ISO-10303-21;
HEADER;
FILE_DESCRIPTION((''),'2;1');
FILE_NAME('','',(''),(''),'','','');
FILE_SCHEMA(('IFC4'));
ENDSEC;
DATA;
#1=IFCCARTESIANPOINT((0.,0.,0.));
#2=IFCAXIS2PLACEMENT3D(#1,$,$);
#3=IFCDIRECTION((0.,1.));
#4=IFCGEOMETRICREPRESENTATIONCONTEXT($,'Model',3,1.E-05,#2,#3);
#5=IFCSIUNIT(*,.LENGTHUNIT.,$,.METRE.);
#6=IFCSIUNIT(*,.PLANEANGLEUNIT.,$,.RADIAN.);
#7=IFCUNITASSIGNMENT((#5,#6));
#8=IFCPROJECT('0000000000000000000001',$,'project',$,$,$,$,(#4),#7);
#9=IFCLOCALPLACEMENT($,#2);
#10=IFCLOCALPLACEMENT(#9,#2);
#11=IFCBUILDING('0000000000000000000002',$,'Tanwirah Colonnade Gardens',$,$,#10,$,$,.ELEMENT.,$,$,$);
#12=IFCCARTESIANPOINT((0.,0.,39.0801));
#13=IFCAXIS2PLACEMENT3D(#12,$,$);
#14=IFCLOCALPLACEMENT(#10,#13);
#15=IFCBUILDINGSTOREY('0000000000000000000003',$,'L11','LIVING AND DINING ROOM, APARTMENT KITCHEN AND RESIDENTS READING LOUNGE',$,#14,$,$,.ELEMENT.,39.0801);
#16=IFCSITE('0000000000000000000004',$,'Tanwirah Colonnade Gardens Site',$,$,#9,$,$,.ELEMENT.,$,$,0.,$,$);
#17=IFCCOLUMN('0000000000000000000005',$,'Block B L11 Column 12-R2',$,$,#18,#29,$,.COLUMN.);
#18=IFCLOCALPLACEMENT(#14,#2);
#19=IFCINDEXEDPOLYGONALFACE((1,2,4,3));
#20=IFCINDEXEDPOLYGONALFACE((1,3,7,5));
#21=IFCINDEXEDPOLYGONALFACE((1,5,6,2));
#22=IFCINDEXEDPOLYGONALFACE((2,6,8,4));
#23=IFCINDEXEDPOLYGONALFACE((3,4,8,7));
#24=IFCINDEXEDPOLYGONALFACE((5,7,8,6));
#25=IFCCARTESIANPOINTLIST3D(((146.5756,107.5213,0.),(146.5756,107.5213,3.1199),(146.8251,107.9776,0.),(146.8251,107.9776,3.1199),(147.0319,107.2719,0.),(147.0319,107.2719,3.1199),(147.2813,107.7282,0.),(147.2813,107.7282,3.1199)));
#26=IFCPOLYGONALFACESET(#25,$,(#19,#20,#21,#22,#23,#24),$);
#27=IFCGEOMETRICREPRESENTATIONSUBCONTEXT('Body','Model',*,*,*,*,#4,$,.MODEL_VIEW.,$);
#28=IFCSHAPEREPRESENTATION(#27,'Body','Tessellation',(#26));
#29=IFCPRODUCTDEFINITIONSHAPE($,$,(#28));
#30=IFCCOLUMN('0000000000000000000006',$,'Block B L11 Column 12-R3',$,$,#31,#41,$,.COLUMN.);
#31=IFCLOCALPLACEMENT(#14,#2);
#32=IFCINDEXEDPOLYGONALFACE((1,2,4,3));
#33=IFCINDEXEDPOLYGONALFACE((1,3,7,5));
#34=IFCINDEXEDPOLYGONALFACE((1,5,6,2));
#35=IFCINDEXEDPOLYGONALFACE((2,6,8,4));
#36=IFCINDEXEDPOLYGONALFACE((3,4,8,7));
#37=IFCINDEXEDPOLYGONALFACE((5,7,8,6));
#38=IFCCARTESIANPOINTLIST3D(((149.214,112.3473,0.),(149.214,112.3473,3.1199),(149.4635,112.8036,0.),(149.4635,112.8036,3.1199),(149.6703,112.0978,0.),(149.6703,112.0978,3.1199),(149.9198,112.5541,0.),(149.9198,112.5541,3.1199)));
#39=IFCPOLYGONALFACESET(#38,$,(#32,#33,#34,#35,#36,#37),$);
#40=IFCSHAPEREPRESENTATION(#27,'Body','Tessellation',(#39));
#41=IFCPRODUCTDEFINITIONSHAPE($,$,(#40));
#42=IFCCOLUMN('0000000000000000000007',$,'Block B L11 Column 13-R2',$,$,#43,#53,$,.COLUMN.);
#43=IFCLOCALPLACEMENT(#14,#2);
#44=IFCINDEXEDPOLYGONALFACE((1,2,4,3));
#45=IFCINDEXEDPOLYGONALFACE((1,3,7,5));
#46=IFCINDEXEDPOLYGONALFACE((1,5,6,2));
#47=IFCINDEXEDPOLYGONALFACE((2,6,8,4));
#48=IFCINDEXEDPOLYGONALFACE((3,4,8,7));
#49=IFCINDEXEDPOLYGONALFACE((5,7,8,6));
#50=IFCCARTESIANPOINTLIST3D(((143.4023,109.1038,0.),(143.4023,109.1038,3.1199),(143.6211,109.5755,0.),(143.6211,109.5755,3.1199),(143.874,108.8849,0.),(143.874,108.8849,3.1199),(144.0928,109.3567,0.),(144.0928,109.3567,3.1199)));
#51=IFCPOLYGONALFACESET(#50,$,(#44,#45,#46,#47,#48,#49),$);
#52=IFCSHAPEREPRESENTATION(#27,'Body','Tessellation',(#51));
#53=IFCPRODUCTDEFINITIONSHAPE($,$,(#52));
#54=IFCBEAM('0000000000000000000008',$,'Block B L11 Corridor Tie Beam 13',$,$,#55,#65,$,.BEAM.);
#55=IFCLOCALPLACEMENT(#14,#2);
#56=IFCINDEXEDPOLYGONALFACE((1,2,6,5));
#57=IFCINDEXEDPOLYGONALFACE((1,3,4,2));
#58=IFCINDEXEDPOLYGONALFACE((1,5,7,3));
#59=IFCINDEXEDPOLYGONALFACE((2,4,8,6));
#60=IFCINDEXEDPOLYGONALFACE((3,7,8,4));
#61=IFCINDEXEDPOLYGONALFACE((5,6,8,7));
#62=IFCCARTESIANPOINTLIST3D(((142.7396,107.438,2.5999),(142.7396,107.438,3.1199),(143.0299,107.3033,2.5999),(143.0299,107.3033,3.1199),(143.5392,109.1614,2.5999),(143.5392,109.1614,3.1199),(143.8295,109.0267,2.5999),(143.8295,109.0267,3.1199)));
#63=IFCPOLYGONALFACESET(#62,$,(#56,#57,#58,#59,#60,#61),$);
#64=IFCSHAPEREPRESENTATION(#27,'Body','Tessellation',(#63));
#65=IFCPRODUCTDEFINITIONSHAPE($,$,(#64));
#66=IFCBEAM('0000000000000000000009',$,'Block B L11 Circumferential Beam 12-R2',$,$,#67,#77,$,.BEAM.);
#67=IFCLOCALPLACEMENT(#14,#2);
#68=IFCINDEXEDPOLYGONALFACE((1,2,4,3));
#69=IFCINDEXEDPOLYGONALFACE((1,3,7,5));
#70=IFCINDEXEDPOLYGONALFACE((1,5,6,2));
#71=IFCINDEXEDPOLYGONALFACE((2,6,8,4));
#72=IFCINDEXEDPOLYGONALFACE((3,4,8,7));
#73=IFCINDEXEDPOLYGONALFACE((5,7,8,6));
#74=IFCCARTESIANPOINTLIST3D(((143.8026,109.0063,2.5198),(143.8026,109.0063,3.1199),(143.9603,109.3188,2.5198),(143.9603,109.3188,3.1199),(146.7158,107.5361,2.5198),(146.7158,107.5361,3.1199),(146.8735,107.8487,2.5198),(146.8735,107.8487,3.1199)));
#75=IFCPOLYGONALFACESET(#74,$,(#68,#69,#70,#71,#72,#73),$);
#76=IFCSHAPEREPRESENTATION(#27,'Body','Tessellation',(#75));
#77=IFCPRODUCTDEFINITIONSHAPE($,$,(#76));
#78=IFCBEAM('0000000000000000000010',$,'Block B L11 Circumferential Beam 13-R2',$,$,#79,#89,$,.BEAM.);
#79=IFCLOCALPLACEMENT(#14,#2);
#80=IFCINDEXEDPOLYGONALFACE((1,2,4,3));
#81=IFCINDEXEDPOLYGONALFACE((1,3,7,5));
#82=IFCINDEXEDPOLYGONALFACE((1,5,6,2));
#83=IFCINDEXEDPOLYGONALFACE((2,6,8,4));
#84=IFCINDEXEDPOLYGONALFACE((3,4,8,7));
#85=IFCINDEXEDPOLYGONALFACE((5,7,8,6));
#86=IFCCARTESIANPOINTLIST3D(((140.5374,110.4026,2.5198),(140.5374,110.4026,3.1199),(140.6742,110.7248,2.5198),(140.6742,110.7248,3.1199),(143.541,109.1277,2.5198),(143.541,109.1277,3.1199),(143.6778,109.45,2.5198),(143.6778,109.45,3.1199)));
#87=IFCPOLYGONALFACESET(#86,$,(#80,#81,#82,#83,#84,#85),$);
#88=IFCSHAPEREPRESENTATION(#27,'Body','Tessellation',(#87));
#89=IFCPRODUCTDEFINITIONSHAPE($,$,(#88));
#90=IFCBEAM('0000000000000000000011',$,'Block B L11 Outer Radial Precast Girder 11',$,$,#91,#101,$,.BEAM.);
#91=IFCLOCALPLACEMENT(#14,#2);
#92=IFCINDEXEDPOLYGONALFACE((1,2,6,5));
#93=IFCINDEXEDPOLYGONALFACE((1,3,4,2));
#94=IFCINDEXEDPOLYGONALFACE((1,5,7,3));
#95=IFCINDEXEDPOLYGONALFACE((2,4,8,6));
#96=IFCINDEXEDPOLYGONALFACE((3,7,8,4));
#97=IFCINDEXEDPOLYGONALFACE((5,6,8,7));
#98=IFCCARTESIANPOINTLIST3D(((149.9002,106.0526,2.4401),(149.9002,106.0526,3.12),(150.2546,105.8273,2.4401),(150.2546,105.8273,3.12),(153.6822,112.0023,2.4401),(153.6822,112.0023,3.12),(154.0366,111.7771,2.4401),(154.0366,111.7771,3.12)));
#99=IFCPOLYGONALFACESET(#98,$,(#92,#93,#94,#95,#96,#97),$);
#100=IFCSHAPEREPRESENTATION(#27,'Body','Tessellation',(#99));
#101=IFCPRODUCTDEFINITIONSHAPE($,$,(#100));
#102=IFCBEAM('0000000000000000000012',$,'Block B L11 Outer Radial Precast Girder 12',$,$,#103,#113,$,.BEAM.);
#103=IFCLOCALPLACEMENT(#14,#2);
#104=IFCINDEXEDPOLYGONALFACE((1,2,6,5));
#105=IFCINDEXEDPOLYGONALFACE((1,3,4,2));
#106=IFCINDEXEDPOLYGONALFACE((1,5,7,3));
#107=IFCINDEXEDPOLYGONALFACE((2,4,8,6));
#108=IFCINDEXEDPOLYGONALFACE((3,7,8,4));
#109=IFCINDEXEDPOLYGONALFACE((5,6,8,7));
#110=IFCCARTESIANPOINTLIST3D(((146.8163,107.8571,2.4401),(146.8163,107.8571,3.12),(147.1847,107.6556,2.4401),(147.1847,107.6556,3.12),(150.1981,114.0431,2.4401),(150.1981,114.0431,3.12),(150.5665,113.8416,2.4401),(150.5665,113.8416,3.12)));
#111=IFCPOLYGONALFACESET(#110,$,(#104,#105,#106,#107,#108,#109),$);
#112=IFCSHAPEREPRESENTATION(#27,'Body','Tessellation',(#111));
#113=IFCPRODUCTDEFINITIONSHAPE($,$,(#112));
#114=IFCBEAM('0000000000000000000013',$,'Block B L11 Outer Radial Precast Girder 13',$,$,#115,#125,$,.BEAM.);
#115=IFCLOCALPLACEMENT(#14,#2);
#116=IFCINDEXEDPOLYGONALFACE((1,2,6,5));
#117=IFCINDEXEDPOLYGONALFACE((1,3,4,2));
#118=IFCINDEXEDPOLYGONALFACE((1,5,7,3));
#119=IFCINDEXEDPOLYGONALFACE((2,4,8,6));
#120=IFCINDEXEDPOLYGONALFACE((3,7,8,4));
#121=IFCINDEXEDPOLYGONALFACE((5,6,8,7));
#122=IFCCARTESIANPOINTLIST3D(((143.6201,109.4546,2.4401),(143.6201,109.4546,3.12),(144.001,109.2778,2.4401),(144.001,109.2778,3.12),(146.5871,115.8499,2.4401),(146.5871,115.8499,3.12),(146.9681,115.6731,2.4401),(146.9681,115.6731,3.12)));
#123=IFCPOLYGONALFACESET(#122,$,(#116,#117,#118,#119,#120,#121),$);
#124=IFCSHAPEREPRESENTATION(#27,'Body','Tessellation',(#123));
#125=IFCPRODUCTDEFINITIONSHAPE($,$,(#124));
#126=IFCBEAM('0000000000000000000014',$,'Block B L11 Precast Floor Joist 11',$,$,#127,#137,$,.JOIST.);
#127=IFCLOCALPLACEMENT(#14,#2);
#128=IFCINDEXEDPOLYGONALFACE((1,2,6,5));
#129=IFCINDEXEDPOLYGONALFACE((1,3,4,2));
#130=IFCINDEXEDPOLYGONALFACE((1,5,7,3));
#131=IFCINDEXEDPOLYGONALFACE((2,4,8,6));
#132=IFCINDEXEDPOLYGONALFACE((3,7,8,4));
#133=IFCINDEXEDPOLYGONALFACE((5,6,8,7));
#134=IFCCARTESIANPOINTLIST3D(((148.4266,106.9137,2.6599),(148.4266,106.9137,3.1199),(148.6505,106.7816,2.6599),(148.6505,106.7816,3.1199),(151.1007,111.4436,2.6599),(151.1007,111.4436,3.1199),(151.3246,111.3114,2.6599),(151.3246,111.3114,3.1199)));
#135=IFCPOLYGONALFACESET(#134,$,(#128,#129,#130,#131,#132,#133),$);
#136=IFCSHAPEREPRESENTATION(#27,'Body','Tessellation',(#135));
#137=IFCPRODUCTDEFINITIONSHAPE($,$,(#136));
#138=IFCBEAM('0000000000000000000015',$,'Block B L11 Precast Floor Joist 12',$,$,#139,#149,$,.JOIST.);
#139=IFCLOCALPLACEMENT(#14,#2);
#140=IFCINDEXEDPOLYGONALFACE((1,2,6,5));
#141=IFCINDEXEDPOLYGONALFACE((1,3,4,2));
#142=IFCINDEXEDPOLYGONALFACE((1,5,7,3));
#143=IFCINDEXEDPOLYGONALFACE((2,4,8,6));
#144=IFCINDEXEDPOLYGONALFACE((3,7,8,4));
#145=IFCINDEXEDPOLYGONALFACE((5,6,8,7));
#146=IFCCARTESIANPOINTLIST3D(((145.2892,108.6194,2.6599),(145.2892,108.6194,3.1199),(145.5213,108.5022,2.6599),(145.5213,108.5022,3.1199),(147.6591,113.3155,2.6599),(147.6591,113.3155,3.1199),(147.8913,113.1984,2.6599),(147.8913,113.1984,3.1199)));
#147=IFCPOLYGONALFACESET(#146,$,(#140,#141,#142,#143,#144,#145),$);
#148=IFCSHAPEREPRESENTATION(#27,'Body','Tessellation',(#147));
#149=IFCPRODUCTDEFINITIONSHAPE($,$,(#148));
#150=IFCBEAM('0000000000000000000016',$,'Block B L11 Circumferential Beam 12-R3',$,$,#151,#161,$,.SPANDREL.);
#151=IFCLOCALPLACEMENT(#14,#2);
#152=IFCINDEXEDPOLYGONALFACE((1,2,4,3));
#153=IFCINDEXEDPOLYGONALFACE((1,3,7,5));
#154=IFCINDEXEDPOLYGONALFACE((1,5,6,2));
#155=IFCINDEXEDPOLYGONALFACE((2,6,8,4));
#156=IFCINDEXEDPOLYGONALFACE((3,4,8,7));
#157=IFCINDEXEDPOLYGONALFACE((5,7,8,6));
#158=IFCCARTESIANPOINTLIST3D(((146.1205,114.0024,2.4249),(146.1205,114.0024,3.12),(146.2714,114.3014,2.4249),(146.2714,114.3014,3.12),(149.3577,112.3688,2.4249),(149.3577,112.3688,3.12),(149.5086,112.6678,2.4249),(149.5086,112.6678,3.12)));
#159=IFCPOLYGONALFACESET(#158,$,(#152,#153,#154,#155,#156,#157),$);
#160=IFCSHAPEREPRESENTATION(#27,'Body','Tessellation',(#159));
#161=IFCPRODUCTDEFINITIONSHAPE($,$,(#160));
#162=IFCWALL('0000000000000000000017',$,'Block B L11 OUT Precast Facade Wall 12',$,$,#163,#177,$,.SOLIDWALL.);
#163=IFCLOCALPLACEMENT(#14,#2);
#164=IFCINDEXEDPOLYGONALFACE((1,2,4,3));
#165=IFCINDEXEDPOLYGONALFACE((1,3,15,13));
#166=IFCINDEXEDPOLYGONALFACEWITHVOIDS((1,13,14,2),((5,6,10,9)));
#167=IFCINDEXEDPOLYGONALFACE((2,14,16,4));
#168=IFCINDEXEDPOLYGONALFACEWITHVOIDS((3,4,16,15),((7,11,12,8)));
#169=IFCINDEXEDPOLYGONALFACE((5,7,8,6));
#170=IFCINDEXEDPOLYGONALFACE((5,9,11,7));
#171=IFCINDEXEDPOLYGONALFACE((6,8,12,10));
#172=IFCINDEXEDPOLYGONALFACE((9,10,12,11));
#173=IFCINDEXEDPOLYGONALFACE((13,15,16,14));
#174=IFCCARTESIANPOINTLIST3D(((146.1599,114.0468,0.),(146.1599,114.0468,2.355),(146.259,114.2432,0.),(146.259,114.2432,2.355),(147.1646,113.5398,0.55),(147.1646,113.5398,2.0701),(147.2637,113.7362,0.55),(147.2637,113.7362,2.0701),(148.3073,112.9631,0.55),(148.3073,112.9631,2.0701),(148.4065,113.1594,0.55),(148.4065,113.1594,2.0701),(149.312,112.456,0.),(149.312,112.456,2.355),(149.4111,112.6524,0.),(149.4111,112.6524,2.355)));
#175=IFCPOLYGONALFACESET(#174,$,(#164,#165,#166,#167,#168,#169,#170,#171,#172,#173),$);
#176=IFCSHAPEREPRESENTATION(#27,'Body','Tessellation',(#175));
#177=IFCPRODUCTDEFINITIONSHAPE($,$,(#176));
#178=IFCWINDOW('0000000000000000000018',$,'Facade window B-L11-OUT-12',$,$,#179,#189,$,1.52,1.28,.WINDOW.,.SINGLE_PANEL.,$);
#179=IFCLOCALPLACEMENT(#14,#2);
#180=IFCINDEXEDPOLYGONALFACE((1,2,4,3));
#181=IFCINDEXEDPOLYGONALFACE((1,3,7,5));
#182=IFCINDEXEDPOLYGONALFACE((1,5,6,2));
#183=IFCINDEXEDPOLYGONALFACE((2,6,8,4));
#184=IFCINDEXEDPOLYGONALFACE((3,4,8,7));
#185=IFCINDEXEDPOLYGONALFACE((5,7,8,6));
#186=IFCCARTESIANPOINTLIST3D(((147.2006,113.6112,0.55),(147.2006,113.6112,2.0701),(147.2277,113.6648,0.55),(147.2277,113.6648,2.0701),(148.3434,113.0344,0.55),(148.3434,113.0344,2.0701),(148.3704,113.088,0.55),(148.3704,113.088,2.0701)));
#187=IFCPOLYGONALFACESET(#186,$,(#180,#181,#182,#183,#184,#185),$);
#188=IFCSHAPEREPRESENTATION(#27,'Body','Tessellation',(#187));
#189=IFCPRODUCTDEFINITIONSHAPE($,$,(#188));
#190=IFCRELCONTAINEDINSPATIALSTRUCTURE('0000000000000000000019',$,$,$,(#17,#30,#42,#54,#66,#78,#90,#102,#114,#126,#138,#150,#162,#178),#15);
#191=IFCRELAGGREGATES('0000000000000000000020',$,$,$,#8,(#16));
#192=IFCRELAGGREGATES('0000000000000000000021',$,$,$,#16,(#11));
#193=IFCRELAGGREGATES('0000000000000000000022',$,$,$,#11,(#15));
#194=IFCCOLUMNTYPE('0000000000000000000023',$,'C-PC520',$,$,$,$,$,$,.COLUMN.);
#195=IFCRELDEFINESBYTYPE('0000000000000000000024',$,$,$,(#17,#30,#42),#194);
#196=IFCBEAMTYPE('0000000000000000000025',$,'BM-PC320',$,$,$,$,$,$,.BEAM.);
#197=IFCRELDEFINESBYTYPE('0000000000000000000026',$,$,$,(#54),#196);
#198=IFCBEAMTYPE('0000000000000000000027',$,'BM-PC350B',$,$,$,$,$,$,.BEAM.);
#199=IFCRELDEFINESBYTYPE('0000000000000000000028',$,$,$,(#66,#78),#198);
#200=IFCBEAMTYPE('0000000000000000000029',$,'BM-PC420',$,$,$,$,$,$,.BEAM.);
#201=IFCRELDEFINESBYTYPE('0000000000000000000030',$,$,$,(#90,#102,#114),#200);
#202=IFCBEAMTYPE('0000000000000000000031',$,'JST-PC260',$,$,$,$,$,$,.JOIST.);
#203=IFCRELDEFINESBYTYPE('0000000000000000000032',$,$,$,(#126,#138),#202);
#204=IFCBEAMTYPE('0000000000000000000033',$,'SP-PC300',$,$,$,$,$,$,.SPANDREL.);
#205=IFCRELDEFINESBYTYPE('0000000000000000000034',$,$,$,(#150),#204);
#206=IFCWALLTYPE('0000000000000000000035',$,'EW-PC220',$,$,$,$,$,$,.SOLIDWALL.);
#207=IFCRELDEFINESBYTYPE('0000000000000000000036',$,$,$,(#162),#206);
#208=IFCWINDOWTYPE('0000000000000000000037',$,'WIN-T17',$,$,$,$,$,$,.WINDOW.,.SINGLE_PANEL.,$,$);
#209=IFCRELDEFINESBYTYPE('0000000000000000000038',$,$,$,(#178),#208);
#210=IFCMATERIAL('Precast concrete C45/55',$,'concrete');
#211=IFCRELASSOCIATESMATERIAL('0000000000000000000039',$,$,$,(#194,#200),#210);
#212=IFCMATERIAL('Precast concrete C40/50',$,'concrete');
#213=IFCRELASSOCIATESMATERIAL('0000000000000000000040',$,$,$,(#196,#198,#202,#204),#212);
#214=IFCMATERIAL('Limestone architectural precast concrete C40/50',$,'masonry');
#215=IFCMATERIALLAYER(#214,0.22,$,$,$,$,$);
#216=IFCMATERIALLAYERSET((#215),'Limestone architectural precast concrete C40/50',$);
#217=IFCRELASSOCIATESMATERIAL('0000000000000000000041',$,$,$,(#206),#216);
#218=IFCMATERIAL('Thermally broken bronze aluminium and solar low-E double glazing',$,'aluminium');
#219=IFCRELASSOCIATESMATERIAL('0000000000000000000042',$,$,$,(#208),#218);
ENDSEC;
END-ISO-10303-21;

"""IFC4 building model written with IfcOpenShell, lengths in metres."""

from ifc_helpers import new_model, si_unit, direction, frame, frame_2d, origin, origin_2d, place, context, subcontext, project, spatial, rectangle, extrude, material, layer, layer_set, material_profile, profile_set, type_object, element, fill, save


model = new_model("IFC4")

# Units and contexts
model_context = context("Model", 3, precision=1e-05, world=origin(), true_north=direction((0.0, 1.0)))
body_context = subcontext(model_context, "Body", "Model", "MODEL_VIEW")
ifc_project = project(units=[si_unit("LENGTHUNIT", "METRE"), si_unit("PLANEANGLEUNIT", "RADIAN")], contexts=[model_context])

# Site, building, storey
site_placement = place(None, origin())
site = spatial("IfcSite", under=ifc_project, at=site_placement, Name="Tanwirah Colonnade Gardens Site", CompositionType="ELEMENT", RefElevation=0.0)
building_placement = place(site_placement, origin())
building = spatial("IfcBuilding", under=site, at=building_placement, Name="Tanwirah Colonnade Gardens", CompositionType="ELEMENT")
storey_placement = place(building_placement, frame((0.0, 0.0, 39.0801)))
storey = spatial("IfcBuildingStorey", under=building, at=storey_placement, Name="L11", Description="LIVING AND DINING ROOM, APARTMENT KITCHEN AND RESIDENTS READING LOUNGE", CompositionType="ELEMENT", Elevation=39.0801)

# Columns
ifc_material_1 = material(Name="Precast concrete C45/55", Category="concrete")
ifc_material_profile_1 = material_profile(ifc_material_1, rectangle(XDim=0.52, YDim=0.52, at=origin_2d()), Name="PC-COL 520x520")
ifc_profile_set_1 = profile_set([ifc_material_profile_1], Name="Precast concrete C45/55")
column_type = type_object("IfcColumnType", Name="C-PC520", PredefinedType="COLUMN", material=ifc_profile_set_1)
for number, where, z_axis, x_axis, name in (
    (1, (146.9285, 107.6248, 0.0), (0.0, 0.0, 1.0), (0.479713, 0.877425, 0.0), "Block B L11 Column 12-R2"),
    (2, (149.5669, 112.4507, 0.0), (0.0, 0.0, 1.0), (0.479713, 0.877425, 0.0), "Block B L11 Column 12-R3"),
    (3, (143.7476, 109.2302, 0.0), (0.0, 0.0, 1.0), (0.42086, 0.907126, 0.0), "Block B L11 Column 13-R2"),
):
    element("IfcColumn", number, at=place(storey_placement, frame(where, z_axis=z_axis, x_axis=x_axis)), inside=storey, type_object=column_type, Name=name, PredefinedType="COLUMN", context=body_context, shape_type="SweptSolid", body=[
        extrude(rectangle(XDim=0.52, YDim=0.52, at=origin_2d()), origin(), (0.0, 0.0, 1.0), 3.1199),
    ])

# Beams
ifc_material_2 = material(Name="Precast concrete C40/50", Category="concrete")
ifc_material_profile_2 = material_profile(ifc_material_2, rectangle(XDim=0.3201, YDim=0.52, at=origin_2d()), Name="PC-BM 320x520")
ifc_profile_set_2 = profile_set([ifc_material_profile_2], Name="Precast concrete C40/50")
beam_type_1 = type_object("IfcBeamType", Name="BM-PC320", PredefinedType="BEAM", material=ifc_profile_set_2)
beam_1_placement = place(storey_placement, frame((142.8848, 107.3706, 2.8599), z_axis=(0.420858, 0.907126, 0.0), x_axis=(-0.907126, 0.420858, 0.0)))
element("IfcBeam", 4, at=beam_1_placement, inside=storey, type_object=beam_type_1, Name="Block B L11 Corridor Tie Beam 13", PredefinedType="BEAM", context=body_context, shape_type="SweptSolid", body=[
    extrude(rectangle(XDim=0.3201, YDim=0.52, at=origin_2d()), origin(), (0.0, 0.0, 1.0), 1.8999),
])
ifc_material_profile_3 = material_profile(ifc_material_2, rectangle(XDim=0.3501, YDim=0.6001, at=origin_2d()), Name="PC-BM 350x600")
ifc_profile_set_3 = profile_set([ifc_material_profile_3], Name="Precast concrete C40/50")
beam_type_2 = type_object("IfcBeamType", Name="BM-PC350B", PredefinedType="BEAM", material=ifc_profile_set_3)
beam_2_placement = place(storey_placement, frame((146.7947, 107.6924, 2.8198), z_axis=(-0.89276, 0.450532, 0.0), x_axis=(-0.450532, -0.89276, 0.0)))
element("IfcBeam", 5, at=beam_2_placement, inside=storey, type_object=beam_type_2, Name="Block B L11 Circumferential Beam 12-R2", PredefinedType="BEAM", context=body_context, shape_type="SweptSolid", body=[
    extrude(rectangle(XDim=0.3501, YDim=0.6001, at=origin_2d()), origin(), (0.0, 0.0, 1.0), 3.2632),
])
beam_3_placement = place(storey_placement, frame((143.6094, 109.2888, 2.8198), z_axis=(-0.920513, 0.390711, 0.0), x_axis=(-0.390711, -0.920513, 0.0)))
element("IfcBeam", 6, at=beam_3_placement, inside=storey, type_object=beam_type_2, Name="Block B L11 Circumferential Beam 13-R2", PredefinedType="BEAM", context=body_context, shape_type="SweptSolid", body=[
    extrude(rectangle(XDim=0.3501, YDim=0.6001, at=origin_2d()), origin(), (0.0, 0.0, 1.0), 3.2629),
])
ifc_material_profile_4 = material_profile(ifc_material_1, rectangle(XDim=0.4199, YDim=0.6799, at=origin_2d()), Name="PC-BM 420x680")
ifc_profile_set_4 = profile_set([ifc_material_profile_4], Name="Precast concrete C45/55")
beam_type_3 = type_object("IfcBeamType", Name="BM-PC420", PredefinedType="BEAM", material=ifc_profile_set_4)
for number, where, z_axis, x_axis, name in (
    (7, (150.0774, 105.9399, 2.78), (0.536452, 0.843931, 0.0), (-0.843931, 0.536452, 0.0), "Block B L11 Outer Radial Precast Girder 11"),
    (8, (147.0005, 107.7563, 2.78), (0.479687, 0.87744, 0.0), (-0.87744, 0.479687, 0.0), "Block B L11 Outer Radial Precast Girder 12"),
    (9, (143.8105, 109.3662, 2.78), (0.420856, 0.907128, 0.0), (-0.907128, 0.420856, 0.0), "Block B L11 Outer Radial Precast Girder 13"),
):
    element("IfcBeam", number, at=place(storey_placement, frame(where, z_axis=z_axis, x_axis=x_axis)), inside=storey, type_object=beam_type_3, Name=name, PredefinedType="BEAM", context=body_context, shape_type="SweptSolid", body=[
        extrude(rectangle(XDim=0.4199, YDim=0.6799, at=origin_2d()), origin(), (0.0, 0.0, 1.0), 7.05),
    ])
ifc_material_profile_5 = material_profile(ifc_material_2, rectangle(XDim=0.26, YDim=0.46, at=origin_2d()), Name="PC-JST 260x460")
ifc_profile_set_5 = profile_set([ifc_material_profile_5], Name="Precast concrete C40/50")
beam_type_4 = type_object("IfcBeamType", Name="JST-PC260", PredefinedType="JOIST", material=ifc_profile_set_5)
for number, where, z_axis, x_axis, name in (
    (10, (148.5386, 106.8477, 2.8899), (0.50836, 0.861145, 0.0), (-0.861145, 0.50836, 0.0), "Block B L11 Precast Floor Joist 11"),
    (11, (145.4053, 108.5608, 2.8899), (0.450534, 0.892759, 0.0), (-0.892759, 0.450534, 0.0), "Block B L11 Precast Floor Joist 12"),
):
    element("IfcBeam", number, at=place(storey_placement, frame(where, z_axis=z_axis, x_axis=x_axis)), inside=storey, type_object=beam_type_4, Name=name, PredefinedType="JOIST", context=body_context, shape_type="SweptSolid", body=[
        extrude(rectangle(XDim=0.26, YDim=0.46, at=origin_2d()), origin(), (0.0, 0.0, 1.0), 5.2603),
    ])
ifc_material_profile_6 = material_profile(ifc_material_2, rectangle(XDim=0.335, YDim=0.6951, at=origin_2d()), Name="PC-SP 335x695")
ifc_profile_set_6 = profile_set([ifc_material_profile_6], Name="Precast concrete C40/50")
beam_type_5 = type_object("IfcBeamType", Name="SP-PC300", PredefinedType="SPANDREL", material=ifc_profile_set_6)
beam_4_placement = place(storey_placement, frame((149.4331, 112.5183, 2.7725), z_axis=(-0.892765, 0.450523, 0.0), x_axis=(-0.450523, -0.892765, 0.0)))
element("IfcBeam", 12, at=beam_4_placement, inside=storey, type_object=beam_type_5, Name="Block B L11 Circumferential Beam 12-R3", PredefinedType="SPANDREL", context=body_context, shape_type="SweptSolid", body=[
    extrude(rectangle(XDim=0.335, YDim=0.6951, at=origin_2d()), origin(), (0.0, 0.0, 1.0), 3.626),
])

# Wall, opening, window
ifc_material_3 = material(Name="Limestone architectural precast concrete C40/50", Category="masonry")
ifc_layer_1 = layer(ifc_material_3, 0.22)
ifc_layer_set_1 = layer_set([ifc_layer_1], Name="Limestone architectural precast concrete C40/50")
wall_type_1 = type_object("IfcWallType", Name="EW-PC220", PredefinedType="SOLIDWALL", material=ifc_layer_set_1)
wall_1_placement = place(storey_placement, frame((149.3616, 112.5542, 0.0), z_axis=(0.0, 0.0, 1.0), x_axis=(-0.892748, 0.450557, 0.0)))
wall_1 = element("IfcWall", 13, at=wall_1_placement, inside=storey, type_object=wall_type_1, Name="Block B L11 OUT Precast Facade Wall 12", PredefinedType="SOLIDWALL", context=body_context, shape_type="SweptSolid", body=[
    extrude(rectangle(XDim=3.5308, YDim=0.22, at=frame_2d((1.7654, 0.0))), origin(), (0.0, 0.0, 1.0), 2.355),
])
opening_1_placement = place(wall_1_placement, frame((1.1252, 0.0, 0.55)))
opening_1 = element("IfcOpeningElement", 14, at=opening_1_placement, cuts=wall_1, PredefinedType="OPENING", context=body_context, shape_type="SweptSolid", body=[
    extrude(rectangle(XDim=1.28, YDim=1.52, at=frame_2d((0.6401, 0.76))), frame((0.0, 0.1199, 0.0), z_axis=(0.0, -1.0, 0.0), x_axis=(1.0, 0.0, 0.0)), (0.0, 0.0, 1.0), 0.24),
])
ifc_material_4 = material(Name="Thermally broken bronze aluminium and solar low-E double glazing", Category="aluminium")
window_type = type_object("IfcWindowType", Name="WIN-T17", PartitioningType="SINGLE_PANEL", PredefinedType="WINDOW", material=ifc_material_4)
window_placement = place(opening_1_placement, origin())
window = element("IfcWindow", 15, at=window_placement, inside=storey, type_object=window_type, Name="Facade window B-L11-OUT-12", OverallHeight=1.52, OverallWidth=1.28, PartitioningType="SINGLE_PANEL", PredefinedType="WINDOW", context=body_context, shape_type="SweptSolid", body=[
    extrude(rectangle(XDim=1.28, YDim=1.52, at=frame_2d((0.6401, 0.76))), frame((0.0, 0.03, 0.0), z_axis=(0.0, -1.0, 0.0), x_axis=(1.0, 0.0, 0.0)), (0.0, 0.0, 1.0), 0.0601),
])
fill(opening_1, window)

save(model, "model.ifc")
